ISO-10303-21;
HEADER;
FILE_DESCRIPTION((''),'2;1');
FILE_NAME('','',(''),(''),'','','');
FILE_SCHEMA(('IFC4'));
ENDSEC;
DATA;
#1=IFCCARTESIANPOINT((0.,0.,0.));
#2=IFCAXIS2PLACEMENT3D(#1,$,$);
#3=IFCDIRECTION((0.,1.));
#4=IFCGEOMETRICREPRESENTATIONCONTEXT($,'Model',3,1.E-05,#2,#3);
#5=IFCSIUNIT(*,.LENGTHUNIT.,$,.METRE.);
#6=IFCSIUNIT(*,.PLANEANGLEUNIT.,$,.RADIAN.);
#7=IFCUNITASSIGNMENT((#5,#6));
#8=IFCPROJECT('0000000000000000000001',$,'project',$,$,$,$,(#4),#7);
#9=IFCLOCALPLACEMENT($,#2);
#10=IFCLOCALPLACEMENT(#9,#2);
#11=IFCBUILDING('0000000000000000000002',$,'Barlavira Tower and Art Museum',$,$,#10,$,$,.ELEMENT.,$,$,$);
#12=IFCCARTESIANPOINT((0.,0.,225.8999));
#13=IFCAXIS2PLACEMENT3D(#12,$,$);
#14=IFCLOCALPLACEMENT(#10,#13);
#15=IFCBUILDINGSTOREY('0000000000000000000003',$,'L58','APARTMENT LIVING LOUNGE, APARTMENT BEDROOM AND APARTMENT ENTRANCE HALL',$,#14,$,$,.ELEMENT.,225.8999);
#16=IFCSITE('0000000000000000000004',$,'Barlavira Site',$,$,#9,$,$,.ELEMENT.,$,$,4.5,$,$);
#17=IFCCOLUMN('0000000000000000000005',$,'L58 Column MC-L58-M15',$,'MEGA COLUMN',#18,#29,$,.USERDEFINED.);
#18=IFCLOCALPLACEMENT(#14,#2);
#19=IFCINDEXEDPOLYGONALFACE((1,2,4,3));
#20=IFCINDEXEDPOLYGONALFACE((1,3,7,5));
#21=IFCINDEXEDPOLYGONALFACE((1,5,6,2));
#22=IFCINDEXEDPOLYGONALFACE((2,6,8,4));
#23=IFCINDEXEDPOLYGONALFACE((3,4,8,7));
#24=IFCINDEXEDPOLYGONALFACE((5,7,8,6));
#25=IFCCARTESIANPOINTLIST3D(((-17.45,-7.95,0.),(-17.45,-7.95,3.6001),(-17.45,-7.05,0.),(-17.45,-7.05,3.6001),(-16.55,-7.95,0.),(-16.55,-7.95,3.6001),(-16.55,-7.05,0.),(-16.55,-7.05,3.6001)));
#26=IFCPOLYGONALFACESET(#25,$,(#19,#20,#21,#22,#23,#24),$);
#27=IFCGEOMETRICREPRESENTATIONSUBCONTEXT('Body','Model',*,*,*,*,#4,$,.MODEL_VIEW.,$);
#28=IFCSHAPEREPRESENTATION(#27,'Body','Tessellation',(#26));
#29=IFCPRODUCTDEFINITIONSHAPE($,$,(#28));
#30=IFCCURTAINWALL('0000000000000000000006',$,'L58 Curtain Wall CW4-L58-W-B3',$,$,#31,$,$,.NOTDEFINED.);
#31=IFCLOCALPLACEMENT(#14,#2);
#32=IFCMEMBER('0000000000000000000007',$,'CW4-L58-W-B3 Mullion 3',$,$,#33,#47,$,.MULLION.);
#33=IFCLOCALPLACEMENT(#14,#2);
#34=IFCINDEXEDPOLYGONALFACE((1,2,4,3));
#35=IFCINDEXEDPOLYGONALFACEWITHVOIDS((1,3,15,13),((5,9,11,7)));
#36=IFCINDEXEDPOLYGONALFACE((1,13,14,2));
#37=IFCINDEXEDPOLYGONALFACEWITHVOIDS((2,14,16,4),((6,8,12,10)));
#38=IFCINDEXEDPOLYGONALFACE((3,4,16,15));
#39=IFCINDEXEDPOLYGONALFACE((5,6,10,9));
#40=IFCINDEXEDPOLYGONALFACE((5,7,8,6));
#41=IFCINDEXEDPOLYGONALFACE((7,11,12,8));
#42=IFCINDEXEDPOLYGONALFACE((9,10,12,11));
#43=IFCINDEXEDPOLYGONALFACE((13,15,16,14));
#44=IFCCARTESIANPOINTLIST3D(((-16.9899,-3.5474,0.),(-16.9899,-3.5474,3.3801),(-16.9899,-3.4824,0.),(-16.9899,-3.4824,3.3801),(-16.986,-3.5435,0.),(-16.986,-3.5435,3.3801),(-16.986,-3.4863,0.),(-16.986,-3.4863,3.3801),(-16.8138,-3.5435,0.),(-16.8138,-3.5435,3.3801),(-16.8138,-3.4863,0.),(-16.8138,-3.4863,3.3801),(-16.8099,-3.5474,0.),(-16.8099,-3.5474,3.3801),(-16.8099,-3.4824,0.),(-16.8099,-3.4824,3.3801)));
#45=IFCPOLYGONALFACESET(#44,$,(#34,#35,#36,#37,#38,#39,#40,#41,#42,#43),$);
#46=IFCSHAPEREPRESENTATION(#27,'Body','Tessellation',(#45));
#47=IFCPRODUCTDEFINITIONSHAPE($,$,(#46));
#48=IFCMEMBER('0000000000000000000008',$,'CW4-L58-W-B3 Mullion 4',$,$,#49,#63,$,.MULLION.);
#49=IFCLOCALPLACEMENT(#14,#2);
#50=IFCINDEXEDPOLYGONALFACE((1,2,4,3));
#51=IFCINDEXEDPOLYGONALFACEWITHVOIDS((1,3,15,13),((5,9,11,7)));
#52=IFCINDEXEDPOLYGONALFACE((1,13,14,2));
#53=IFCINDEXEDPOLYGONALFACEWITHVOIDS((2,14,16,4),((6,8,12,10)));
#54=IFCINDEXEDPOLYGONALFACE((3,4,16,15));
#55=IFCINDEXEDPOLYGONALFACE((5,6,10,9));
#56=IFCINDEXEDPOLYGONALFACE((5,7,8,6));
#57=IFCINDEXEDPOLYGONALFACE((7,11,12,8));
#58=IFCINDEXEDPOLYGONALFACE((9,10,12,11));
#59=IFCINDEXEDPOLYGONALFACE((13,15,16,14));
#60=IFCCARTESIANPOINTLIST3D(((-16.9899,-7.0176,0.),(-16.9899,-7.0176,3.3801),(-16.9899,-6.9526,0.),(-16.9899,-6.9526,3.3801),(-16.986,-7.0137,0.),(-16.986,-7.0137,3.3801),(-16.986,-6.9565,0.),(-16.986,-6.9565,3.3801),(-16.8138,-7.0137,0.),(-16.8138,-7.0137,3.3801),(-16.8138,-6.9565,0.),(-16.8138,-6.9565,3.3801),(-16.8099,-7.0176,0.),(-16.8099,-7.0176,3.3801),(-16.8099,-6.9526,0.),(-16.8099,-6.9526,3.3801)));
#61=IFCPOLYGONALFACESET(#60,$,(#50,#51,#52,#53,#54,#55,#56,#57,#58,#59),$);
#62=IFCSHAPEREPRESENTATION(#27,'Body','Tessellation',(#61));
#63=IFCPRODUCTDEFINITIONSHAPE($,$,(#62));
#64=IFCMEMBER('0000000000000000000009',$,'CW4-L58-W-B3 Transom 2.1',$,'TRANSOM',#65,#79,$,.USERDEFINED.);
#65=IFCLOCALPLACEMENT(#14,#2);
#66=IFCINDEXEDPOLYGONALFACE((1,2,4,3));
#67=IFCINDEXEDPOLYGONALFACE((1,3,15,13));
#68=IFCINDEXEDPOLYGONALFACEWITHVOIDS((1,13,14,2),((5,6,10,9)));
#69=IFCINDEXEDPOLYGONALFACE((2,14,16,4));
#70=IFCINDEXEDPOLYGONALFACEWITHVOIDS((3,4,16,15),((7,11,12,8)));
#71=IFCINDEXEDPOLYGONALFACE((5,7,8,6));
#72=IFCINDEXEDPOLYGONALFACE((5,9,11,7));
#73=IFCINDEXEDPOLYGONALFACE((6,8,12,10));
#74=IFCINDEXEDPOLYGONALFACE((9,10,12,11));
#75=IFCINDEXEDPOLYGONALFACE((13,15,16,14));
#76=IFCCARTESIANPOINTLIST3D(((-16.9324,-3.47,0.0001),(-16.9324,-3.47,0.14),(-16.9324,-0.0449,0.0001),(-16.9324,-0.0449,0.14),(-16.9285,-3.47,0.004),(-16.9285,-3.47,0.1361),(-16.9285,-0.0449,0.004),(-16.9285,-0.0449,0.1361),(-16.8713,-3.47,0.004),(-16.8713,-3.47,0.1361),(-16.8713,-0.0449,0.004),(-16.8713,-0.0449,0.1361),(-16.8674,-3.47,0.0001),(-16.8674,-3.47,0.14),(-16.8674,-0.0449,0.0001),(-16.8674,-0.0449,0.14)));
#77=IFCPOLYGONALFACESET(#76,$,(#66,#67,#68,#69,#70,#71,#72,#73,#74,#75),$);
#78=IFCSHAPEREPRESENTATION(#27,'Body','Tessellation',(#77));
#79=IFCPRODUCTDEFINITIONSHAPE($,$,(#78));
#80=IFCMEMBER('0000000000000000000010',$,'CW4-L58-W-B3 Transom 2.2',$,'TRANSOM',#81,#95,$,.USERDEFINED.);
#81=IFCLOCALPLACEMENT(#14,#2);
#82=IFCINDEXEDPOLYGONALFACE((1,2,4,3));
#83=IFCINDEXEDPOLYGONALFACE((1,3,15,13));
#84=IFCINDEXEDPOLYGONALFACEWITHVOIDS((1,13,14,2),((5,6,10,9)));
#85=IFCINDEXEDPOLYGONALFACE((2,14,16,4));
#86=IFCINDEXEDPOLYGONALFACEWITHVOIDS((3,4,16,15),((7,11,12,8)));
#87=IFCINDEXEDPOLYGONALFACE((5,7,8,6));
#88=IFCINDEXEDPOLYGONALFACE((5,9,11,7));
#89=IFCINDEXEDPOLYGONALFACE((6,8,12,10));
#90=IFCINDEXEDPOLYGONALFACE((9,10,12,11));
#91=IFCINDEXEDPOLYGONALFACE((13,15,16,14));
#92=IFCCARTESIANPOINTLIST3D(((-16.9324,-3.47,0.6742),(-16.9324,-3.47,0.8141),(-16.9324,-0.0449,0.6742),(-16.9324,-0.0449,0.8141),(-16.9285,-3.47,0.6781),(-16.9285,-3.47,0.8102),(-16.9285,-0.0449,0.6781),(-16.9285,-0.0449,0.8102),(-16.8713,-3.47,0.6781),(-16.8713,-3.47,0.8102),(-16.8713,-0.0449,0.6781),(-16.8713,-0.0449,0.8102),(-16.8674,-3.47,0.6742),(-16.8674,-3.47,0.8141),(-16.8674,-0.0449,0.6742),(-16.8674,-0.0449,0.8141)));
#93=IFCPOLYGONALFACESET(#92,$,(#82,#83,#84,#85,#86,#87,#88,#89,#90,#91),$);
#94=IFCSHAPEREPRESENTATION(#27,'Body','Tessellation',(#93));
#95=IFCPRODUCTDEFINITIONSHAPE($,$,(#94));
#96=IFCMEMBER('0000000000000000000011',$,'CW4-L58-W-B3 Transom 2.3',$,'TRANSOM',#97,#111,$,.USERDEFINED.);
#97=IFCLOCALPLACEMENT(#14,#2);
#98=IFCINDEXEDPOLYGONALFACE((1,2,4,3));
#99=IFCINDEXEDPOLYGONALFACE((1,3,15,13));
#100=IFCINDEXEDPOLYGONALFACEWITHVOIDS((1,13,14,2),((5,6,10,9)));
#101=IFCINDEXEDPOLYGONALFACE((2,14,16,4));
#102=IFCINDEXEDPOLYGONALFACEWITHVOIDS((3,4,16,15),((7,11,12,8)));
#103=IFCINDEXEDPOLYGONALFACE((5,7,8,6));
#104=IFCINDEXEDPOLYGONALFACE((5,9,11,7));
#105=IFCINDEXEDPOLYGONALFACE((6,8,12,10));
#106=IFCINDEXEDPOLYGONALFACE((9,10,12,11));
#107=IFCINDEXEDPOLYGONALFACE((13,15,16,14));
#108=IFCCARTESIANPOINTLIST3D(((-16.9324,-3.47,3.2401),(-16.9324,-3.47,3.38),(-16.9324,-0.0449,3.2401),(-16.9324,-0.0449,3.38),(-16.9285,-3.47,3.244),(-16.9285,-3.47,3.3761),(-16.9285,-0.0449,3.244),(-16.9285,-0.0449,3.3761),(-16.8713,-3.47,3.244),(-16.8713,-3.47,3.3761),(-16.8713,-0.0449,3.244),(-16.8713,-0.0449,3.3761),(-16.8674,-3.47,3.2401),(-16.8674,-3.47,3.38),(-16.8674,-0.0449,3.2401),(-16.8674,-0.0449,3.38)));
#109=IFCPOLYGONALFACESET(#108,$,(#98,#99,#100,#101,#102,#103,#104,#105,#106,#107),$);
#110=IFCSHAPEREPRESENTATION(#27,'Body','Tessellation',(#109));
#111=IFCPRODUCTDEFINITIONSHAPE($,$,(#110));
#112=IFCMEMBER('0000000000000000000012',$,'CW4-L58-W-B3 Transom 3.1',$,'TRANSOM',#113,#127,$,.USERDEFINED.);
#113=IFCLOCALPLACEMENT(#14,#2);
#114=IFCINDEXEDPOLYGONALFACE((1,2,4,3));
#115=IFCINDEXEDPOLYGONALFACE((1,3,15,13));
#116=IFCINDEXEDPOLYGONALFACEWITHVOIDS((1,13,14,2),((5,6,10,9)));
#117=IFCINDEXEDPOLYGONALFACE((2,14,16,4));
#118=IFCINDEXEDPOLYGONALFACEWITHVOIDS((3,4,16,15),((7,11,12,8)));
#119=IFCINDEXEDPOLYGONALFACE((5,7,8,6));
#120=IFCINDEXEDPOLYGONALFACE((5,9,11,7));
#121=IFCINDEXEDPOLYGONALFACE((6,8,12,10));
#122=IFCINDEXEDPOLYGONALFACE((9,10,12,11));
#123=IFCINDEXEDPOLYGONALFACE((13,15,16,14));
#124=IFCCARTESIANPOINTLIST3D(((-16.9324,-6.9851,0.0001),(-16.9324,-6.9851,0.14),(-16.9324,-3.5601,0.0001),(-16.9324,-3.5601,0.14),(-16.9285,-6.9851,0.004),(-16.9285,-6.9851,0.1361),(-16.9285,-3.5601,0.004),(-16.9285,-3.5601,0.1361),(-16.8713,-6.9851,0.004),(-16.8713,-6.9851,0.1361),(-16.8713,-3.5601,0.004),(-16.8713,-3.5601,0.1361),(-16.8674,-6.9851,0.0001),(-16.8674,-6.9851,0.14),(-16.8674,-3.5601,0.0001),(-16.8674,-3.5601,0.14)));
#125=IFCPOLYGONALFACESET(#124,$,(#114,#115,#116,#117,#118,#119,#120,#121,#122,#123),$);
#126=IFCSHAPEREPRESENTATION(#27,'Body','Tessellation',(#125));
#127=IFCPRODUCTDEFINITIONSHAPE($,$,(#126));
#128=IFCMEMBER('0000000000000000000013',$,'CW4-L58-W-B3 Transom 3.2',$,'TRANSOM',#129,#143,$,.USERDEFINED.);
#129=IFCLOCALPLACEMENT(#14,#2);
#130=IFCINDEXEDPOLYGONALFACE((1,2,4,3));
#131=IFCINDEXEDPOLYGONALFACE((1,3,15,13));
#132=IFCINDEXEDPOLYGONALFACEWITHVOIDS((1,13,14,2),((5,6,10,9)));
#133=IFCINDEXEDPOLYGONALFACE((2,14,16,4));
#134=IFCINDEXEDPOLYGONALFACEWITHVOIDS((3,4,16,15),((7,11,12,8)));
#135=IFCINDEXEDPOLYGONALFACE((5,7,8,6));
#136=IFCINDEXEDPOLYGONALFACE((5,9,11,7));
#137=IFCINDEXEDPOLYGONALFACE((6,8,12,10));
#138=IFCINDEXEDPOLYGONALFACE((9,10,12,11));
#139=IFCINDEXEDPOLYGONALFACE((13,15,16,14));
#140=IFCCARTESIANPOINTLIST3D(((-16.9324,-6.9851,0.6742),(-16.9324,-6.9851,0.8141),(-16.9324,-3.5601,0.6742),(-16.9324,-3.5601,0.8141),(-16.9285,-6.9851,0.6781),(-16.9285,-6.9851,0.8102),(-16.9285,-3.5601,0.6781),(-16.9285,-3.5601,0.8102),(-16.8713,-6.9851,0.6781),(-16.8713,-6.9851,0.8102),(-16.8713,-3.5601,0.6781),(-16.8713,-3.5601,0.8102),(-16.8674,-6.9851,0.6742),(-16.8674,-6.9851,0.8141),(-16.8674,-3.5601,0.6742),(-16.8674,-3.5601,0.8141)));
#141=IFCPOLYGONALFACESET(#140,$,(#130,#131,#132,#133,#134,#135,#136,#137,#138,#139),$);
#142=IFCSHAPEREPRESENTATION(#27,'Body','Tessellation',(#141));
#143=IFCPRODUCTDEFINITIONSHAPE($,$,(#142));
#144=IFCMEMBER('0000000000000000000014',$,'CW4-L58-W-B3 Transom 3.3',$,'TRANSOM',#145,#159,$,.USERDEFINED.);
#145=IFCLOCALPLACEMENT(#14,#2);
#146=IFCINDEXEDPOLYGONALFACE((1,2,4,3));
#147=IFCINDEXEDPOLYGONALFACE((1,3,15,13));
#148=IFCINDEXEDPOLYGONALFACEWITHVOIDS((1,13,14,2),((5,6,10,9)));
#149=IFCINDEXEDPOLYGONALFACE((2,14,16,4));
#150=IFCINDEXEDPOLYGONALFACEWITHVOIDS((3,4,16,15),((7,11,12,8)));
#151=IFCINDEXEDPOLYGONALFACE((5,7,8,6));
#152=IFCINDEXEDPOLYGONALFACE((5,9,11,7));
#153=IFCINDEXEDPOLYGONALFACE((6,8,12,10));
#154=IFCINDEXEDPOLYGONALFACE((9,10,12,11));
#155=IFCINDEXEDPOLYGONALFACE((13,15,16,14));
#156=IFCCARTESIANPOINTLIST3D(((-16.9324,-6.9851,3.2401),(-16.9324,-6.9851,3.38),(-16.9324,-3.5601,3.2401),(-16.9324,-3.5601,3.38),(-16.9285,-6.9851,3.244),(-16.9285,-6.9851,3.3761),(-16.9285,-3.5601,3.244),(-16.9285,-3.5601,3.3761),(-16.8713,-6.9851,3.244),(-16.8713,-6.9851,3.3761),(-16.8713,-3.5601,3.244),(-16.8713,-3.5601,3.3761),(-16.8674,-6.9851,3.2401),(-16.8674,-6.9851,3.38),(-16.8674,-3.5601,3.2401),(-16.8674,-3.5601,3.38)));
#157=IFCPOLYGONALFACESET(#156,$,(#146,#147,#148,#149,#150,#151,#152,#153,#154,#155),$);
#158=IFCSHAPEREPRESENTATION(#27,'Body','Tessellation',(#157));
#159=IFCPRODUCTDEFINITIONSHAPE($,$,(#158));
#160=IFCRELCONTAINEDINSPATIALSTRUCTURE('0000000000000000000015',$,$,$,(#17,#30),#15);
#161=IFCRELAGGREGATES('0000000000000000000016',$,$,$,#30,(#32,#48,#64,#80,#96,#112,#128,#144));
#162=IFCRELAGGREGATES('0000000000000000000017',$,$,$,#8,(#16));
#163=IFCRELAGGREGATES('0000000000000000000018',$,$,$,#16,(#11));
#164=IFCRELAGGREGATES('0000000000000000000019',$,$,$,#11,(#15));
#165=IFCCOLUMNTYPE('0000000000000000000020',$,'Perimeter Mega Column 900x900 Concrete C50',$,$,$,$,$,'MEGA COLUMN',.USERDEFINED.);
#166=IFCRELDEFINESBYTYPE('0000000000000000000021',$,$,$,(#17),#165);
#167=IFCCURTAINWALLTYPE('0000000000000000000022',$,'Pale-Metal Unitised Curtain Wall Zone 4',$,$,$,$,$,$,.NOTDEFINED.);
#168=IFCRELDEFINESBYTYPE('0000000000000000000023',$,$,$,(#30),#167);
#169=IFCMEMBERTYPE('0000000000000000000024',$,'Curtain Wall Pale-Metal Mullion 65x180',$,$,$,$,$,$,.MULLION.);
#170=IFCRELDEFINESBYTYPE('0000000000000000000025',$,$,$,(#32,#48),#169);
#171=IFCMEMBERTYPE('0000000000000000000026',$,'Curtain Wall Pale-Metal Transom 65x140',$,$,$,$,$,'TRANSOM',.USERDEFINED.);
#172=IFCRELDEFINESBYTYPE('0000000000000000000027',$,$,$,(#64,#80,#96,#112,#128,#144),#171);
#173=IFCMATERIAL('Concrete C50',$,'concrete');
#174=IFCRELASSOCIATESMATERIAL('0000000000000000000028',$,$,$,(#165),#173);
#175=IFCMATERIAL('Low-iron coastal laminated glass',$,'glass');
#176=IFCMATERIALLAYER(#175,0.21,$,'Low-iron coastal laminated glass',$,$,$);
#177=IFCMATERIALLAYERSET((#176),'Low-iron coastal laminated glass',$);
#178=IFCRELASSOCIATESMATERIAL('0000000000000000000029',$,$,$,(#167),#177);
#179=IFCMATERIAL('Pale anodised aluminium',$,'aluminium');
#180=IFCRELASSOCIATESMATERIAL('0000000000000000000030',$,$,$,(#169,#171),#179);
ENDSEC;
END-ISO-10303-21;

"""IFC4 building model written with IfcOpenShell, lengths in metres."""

from ifc_helpers import new_model, si_unit, direction, frame, origin, origin_2d, place, context, subcontext, project, spatial, rectangle, hollow_rectangle, extrude, material, layer, layer_set, material_profile, profile_set, type_object, element, aggregate, save


model = new_model("IFC4")

# Units and contexts
model_context = context("Model", 3, precision=1e-05, world=origin(), true_north=direction((0.0, 1.0)))
body_context = subcontext(model_context, "Body", "Model", "MODEL_VIEW")
ifc_project = project(units=[si_unit("LENGTHUNIT", "METRE"), si_unit("PLANEANGLEUNIT", "RADIAN")], contexts=[model_context])

# Site, building, storey
site_placement = place(None, origin())
site = spatial("IfcSite", under=ifc_project, at=site_placement, Name="Barlavira Site", CompositionType="ELEMENT", RefElevation=4.5)
building_placement = place(site_placement, origin())
building = spatial("IfcBuilding", under=site, at=building_placement, Name="Barlavira Tower and Art Museum", CompositionType="ELEMENT")
storey_placement = place(building_placement, frame((0.0, 0.0, 225.8999)))
storey = spatial("IfcBuildingStorey", under=building, at=storey_placement, Name="L58", Description="APARTMENT LIVING LOUNGE, APARTMENT BEDROOM AND APARTMENT ENTRANCE HALL", CompositionType="ELEMENT", Elevation=225.8999)

# Column
ifc_material_1 = material(Name="Concrete C50", Category="concrete")
ifc_material_profile_1 = material_profile(ifc_material_1, rectangle(XDim=0.8999, YDim=0.8999, at=origin_2d()), Name="RC-COL 900x900")
ifc_profile_set_1 = profile_set([ifc_material_profile_1], Name="Concrete C50")
column_type = type_object("IfcColumnType", Name="Perimeter Mega Column 900x900 Concrete C50", ElementType="MEGA COLUMN", PredefinedType="USERDEFINED", material=ifc_profile_set_1)
column_placement = place(storey_placement, frame((-17.0, -7.5, 0.0), z_axis=(0.0, 0.0, 1.0), x_axis=(1.0, 0.0, 0.0)))
element("IfcColumn", 1, at=column_placement, inside=storey, type_object=column_type, Name="L58 Column MC-L58-M15", ObjectType="MEGA COLUMN", PredefinedType="USERDEFINED", context=body_context, shape_type="SweptSolid", body=[
    extrude(rectangle(XDim=0.8999, YDim=0.8999, at=origin_2d()), origin(), (0.0, 0.0, 1.0), 3.6001),
])

# Curtain wall, members
ifc_material_2 = material(Name="Low-iron coastal laminated glass", Category="glass")
ifc_layer_1 = layer(ifc_material_2, 0.21, Name="Low-iron coastal laminated glass")
ifc_layer_set_1 = layer_set([ifc_layer_1], Name="Low-iron coastal laminated glass")
curtain_wall_type = type_object("IfcCurtainWallType", Name="Pale-Metal Unitised Curtain Wall Zone 4", PredefinedType="NOTDEFINED", material=ifc_layer_set_1)
curtain_wall_placement = place(storey_placement, origin())
curtain_wall = element("IfcCurtainWall", 2, at=curtain_wall_placement, inside=storey, type_object=curtain_wall_type, Name="L58 Curtain Wall CW4-L58-W-B3", PredefinedType="NOTDEFINED")
ifc_material_3 = material(Name="Pale anodised aluminium", Category="aluminium")
ifc_material_profile_2 = material_profile(ifc_material_3, hollow_rectangle(XDim=0.0649, YDim=0.1799, WallThickness=0.0039, at=origin_2d()), Name="ALU-MULL 65x180x4")
ifc_profile_set_2 = profile_set([ifc_material_profile_2], Name="Pale anodised aluminium")
member_type_1 = type_object("IfcMemberType", Name="Curtain Wall Pale-Metal Mullion 65x180", PredefinedType="MULLION", material=ifc_profile_set_2)
member_1_placement = place(storey_placement, frame((-16.8999, -3.5149, 0.0), z_axis=(0.0, 0.0, 1.0), x_axis=(0.0, -1.0, 0.0)))
member_1 = element("IfcMember", 3, at=member_1_placement, type_object=member_type_1, Name="CW4-L58-W-B3 Mullion 3", PredefinedType="MULLION", context=body_context, shape_type="SweptSolid", body=[
    extrude(hollow_rectangle(XDim=0.0649, YDim=0.1799, WallThickness=0.0039, at=origin_2d()), origin(), (0.0, 0.0, 1.0), 3.3801),
])
member_2_placement = place(storey_placement, frame((-16.8999, -6.9851, 0.0), z_axis=(0.0, 0.0, 1.0), x_axis=(0.0, -1.0, 0.0)))
member_2 = element("IfcMember", 4, at=member_2_placement, type_object=member_type_1, Name="CW4-L58-W-B3 Mullion 4", PredefinedType="MULLION", context=body_context, shape_type="SweptSolid", body=[
    extrude(hollow_rectangle(XDim=0.0649, YDim=0.1799, WallThickness=0.0039, at=origin_2d()), origin(), (0.0, 0.0, 1.0), 3.3801),
])
ifc_material_profile_3 = material_profile(ifc_material_3, hollow_rectangle(XDim=0.0649, YDim=0.1399, WallThickness=0.0039, at=origin_2d()), Name="ALU-TRAN 65x140x4")
ifc_profile_set_3 = profile_set([ifc_material_profile_3], Name="Pale anodised aluminium")
member_type_2 = type_object("IfcMemberType", Name="Curtain Wall Pale-Metal Transom 65x140", ElementType="TRANSOM", PredefinedType="USERDEFINED", material=ifc_profile_set_3)
member_3_placement = place(storey_placement, frame((-16.8999, -0.0449, 0.0701), z_axis=(0.0, -1.0, 0.0), x_axis=(1.0, 0.0, 0.0)))
member_3 = element("IfcMember", 5, at=member_3_placement, type_object=member_type_2, Name="CW4-L58-W-B3 Transom 2.1", ObjectType="TRANSOM", PredefinedType="USERDEFINED", context=body_context, shape_type="SweptSolid", body=[
    extrude(hollow_rectangle(XDim=0.0649, YDim=0.1399, WallThickness=0.0039, at=origin_2d()), origin(), (0.0, 0.0, 1.0), 3.425),
])
member_4_placement = place(storey_placement, frame((-16.8999, -0.0449, 0.7441), z_axis=(0.0, -1.0, 0.0), x_axis=(1.0, 0.0, 0.0)))
member_4 = element("IfcMember", 6, at=member_4_placement, type_object=member_type_2, Name="CW4-L58-W-B3 Transom 2.2", ObjectType="TRANSOM", PredefinedType="USERDEFINED", context=body_context, shape_type="SweptSolid", body=[
    extrude(hollow_rectangle(XDim=0.0649, YDim=0.1399, WallThickness=0.0039, at=origin_2d()), origin(), (0.0, 0.0, 1.0), 3.425),
])
member_5_placement = place(storey_placement, frame((-16.8999, -0.0449, 3.3101), z_axis=(0.0, -1.0, 0.0), x_axis=(1.0, 0.0, 0.0)))
member_5 = element("IfcMember", 7, at=member_5_placement, type_object=member_type_2, Name="CW4-L58-W-B3 Transom 2.3", ObjectType="TRANSOM", PredefinedType="USERDEFINED", context=body_context, shape_type="SweptSolid", body=[
    extrude(hollow_rectangle(XDim=0.0649, YDim=0.1399, WallThickness=0.0039, at=origin_2d()), origin(), (0.0, 0.0, 1.0), 3.425),
])
member_6_placement = place(storey_placement, frame((-16.8999, -3.5601, 0.0701), z_axis=(0.0, -1.0, 0.0), x_axis=(1.0, 0.0, 0.0)))
member_6 = element("IfcMember", 8, at=member_6_placement, type_object=member_type_2, Name="CW4-L58-W-B3 Transom 3.1", ObjectType="TRANSOM", PredefinedType="USERDEFINED", context=body_context, shape_type="SweptSolid", body=[
    extrude(hollow_rectangle(XDim=0.0649, YDim=0.1399, WallThickness=0.0039, at=origin_2d()), origin(), (0.0, 0.0, 1.0), 3.425),
])
member_7_placement = place(storey_placement, frame((-16.8999, -3.5601, 0.7441), z_axis=(0.0, -1.0, 0.0), x_axis=(1.0, 0.0, 0.0)))
member_7 = element("IfcMember", 9, at=member_7_placement, type_object=member_type_2, Name="CW4-L58-W-B3 Transom 3.2", ObjectType="TRANSOM", PredefinedType="USERDEFINED", context=body_context, shape_type="SweptSolid", body=[
    extrude(hollow_rectangle(XDim=0.0649, YDim=0.1399, WallThickness=0.0039, at=origin_2d()), origin(), (0.0, 0.0, 1.0), 3.425),
])
member_8_placement = place(storey_placement, frame((-16.8999, -3.5601, 3.3101), z_axis=(0.0, -1.0, 0.0), x_axis=(1.0, 0.0, 0.0)))
member_8 = element("IfcMember", 10, at=member_8_placement, type_object=member_type_2, Name="CW4-L58-W-B3 Transom 3.3", ObjectType="TRANSOM", PredefinedType="USERDEFINED", context=body_context, shape_type="SweptSolid", body=[
    extrude(hollow_rectangle(XDim=0.0649, YDim=0.1399, WallThickness=0.0039, at=origin_2d()), origin(), (0.0, 0.0, 1.0), 3.425),
])

aggregate(curtain_wall, [member_1, member_2, member_3, member_4, member_5, member_6, member_7, member_8])

save(model, "model.ifc")
